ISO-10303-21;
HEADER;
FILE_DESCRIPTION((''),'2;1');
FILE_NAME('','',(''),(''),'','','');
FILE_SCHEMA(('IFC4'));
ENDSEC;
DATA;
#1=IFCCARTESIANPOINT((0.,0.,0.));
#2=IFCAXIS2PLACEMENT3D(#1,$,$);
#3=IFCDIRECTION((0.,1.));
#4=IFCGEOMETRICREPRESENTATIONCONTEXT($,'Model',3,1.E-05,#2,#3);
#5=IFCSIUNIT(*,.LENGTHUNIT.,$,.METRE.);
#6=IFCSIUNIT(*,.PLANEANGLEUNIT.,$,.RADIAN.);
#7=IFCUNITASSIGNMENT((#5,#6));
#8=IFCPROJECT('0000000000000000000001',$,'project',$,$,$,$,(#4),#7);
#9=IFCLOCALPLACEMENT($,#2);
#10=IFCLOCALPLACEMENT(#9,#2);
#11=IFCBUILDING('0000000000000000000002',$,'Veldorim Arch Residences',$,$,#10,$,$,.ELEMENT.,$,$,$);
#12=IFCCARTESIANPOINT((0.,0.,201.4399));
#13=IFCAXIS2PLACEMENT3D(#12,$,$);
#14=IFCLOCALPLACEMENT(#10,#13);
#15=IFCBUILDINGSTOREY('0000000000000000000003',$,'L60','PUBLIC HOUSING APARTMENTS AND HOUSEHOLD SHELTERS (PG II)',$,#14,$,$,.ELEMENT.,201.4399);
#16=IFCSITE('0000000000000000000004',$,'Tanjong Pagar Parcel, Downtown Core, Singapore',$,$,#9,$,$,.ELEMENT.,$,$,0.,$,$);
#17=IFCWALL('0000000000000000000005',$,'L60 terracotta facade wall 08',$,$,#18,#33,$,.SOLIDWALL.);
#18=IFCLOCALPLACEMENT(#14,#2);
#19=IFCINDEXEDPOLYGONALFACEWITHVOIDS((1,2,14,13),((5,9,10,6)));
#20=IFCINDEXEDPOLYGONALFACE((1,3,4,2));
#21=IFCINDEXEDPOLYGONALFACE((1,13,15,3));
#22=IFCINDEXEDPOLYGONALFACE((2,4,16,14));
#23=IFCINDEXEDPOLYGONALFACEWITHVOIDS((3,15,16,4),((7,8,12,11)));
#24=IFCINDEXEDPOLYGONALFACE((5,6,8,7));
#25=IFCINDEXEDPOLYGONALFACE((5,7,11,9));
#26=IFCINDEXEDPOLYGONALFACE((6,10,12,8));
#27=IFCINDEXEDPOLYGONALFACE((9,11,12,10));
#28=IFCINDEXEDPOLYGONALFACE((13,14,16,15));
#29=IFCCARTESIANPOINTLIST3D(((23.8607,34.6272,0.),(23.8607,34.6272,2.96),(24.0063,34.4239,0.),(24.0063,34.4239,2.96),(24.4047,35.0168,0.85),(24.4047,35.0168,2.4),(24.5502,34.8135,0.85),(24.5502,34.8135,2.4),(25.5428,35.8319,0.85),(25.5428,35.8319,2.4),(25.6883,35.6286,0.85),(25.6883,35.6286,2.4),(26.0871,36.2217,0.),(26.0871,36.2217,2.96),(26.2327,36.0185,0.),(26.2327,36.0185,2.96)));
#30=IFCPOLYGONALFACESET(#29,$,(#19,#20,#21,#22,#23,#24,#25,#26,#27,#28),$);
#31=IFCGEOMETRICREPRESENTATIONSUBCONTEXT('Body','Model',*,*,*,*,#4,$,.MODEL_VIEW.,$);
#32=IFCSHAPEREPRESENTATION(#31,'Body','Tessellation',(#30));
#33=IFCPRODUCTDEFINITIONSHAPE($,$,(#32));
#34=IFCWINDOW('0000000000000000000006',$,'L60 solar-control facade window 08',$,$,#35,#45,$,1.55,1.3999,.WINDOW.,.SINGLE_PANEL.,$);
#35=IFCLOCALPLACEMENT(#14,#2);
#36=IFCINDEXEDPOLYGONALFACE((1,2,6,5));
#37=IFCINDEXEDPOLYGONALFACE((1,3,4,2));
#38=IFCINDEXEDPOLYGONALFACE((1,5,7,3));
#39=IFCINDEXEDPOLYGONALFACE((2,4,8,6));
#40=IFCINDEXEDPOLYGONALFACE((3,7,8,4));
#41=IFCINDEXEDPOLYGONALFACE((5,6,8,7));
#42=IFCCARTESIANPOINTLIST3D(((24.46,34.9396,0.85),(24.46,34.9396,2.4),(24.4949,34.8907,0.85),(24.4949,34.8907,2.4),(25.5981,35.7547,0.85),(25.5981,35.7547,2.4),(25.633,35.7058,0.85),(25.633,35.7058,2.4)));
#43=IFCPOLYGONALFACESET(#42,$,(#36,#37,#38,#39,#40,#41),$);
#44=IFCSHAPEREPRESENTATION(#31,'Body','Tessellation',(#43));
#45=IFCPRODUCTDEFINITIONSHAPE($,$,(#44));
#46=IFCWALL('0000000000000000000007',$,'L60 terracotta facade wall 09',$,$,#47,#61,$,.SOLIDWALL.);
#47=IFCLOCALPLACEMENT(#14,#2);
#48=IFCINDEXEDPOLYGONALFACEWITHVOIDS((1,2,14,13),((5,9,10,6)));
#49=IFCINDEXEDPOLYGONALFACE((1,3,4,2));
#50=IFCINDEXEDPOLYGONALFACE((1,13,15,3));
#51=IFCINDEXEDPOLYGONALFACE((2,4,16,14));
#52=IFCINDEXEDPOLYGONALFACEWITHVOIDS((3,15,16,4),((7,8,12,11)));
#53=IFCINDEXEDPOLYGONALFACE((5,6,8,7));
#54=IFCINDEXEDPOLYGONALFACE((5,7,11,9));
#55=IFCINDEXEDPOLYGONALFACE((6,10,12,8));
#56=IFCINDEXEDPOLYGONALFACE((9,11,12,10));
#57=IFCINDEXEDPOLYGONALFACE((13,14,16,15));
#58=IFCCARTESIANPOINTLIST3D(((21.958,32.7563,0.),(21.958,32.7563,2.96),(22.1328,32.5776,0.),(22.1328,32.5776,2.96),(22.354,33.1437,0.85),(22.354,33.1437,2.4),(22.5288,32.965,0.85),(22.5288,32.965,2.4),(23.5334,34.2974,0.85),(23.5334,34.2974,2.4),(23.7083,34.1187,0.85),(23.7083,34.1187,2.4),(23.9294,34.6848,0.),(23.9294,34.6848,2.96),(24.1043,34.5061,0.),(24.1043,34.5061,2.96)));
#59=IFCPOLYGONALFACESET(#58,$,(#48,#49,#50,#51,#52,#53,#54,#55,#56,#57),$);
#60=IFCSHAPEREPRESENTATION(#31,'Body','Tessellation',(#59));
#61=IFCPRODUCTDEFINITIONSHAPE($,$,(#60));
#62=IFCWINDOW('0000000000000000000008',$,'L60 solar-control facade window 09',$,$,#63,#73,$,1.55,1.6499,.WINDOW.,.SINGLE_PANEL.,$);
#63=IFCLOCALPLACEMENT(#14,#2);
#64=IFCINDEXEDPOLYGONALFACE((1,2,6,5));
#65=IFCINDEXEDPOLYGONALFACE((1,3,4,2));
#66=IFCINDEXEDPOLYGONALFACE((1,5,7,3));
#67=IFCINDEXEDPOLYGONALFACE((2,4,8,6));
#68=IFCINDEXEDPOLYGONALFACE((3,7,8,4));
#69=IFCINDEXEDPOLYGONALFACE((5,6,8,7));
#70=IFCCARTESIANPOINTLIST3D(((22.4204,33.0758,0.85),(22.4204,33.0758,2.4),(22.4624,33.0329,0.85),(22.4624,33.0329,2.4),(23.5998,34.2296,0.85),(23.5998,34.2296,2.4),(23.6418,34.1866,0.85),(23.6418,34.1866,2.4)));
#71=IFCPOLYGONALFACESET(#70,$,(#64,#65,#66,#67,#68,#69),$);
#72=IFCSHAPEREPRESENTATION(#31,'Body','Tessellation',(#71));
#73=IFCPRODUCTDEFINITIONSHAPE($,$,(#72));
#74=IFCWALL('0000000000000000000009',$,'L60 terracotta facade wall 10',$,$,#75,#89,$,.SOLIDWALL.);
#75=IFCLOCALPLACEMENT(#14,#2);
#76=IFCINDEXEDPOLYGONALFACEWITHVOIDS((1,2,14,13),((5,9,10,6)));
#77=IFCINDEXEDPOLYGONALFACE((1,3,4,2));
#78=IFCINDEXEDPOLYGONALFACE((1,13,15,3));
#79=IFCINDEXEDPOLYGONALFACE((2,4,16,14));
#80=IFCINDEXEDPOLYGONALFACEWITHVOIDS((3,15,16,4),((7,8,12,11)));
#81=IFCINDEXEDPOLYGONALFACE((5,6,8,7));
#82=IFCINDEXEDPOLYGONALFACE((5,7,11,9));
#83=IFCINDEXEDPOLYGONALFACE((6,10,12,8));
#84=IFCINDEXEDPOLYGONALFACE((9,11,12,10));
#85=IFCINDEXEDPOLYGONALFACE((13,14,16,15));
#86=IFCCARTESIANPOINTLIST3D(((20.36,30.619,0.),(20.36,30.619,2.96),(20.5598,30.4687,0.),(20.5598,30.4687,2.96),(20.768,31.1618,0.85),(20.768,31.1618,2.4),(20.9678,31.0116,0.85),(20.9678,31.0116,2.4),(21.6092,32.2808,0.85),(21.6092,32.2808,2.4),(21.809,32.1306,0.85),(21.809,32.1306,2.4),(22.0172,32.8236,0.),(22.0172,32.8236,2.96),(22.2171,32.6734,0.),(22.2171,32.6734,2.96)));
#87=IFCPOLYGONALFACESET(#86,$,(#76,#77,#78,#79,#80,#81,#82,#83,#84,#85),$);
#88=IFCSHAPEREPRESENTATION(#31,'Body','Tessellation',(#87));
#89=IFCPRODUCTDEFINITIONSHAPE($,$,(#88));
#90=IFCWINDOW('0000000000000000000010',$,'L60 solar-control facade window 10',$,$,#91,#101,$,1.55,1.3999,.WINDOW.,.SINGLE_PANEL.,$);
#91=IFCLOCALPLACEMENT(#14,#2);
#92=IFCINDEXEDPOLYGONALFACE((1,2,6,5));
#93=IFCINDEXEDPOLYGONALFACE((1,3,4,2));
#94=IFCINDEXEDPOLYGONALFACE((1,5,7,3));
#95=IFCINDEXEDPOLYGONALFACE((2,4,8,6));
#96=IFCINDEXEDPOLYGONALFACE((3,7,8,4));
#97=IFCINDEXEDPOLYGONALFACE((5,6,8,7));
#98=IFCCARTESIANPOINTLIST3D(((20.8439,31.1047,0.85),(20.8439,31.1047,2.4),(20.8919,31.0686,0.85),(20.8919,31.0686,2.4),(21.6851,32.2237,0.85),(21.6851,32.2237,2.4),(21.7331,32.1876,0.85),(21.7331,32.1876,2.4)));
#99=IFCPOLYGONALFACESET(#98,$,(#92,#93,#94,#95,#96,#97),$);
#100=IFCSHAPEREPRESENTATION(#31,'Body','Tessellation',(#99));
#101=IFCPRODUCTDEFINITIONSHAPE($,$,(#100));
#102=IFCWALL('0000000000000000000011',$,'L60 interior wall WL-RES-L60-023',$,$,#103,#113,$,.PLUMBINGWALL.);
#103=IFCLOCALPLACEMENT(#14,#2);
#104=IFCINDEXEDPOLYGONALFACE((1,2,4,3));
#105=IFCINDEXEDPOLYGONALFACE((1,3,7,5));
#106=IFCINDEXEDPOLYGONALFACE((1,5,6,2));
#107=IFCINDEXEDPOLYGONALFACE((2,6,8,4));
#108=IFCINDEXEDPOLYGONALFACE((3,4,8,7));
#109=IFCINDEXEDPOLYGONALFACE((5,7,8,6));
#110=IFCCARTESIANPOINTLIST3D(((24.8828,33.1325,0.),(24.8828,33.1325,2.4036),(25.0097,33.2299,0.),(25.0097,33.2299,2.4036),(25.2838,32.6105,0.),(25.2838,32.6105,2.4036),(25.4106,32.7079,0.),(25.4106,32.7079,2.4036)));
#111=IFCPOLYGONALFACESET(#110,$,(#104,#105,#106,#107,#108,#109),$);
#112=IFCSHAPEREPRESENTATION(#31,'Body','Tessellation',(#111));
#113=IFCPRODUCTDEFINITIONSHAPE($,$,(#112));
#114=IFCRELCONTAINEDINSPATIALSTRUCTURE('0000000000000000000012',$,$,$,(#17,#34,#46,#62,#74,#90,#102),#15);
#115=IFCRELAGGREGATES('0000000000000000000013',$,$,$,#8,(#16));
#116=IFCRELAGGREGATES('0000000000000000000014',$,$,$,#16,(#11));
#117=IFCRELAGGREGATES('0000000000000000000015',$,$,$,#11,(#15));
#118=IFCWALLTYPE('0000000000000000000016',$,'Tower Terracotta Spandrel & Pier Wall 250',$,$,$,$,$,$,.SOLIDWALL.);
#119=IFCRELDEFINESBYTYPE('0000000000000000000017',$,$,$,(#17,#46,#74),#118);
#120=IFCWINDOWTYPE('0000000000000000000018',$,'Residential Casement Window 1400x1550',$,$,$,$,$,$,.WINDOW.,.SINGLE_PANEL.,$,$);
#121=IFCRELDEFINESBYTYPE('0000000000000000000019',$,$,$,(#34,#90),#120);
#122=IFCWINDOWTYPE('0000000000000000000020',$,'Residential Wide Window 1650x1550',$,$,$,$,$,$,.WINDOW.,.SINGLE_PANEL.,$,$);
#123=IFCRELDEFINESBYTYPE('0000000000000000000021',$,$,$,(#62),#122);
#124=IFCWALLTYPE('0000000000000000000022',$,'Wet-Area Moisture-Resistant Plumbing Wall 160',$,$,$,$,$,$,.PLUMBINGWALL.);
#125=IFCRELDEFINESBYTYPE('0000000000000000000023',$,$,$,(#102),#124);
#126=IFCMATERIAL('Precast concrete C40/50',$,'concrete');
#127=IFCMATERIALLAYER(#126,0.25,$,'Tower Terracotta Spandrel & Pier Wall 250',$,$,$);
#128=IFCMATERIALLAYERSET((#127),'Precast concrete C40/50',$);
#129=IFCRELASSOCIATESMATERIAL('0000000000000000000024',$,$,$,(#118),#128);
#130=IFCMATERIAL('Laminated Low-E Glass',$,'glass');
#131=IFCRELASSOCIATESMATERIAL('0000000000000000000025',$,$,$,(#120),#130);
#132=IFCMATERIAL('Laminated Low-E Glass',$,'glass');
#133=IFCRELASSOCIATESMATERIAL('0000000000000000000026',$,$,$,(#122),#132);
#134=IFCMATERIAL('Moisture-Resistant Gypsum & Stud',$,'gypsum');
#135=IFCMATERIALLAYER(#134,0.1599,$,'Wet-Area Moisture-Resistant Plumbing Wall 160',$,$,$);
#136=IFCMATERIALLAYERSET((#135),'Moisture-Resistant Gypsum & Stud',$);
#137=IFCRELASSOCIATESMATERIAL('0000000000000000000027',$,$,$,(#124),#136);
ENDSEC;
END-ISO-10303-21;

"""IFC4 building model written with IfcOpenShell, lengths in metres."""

from ifc_helpers import new_model, si_unit, direction, frame, frame_2d, origin, place, context, subcontext, project, spatial, rectangle, extrude, material, layer, layer_set, type_object, element, fill, save


model = new_model("IFC4")

# Units and contexts
model_context = context("Model", 3, precision=1e-05, world=origin(), true_north=direction((0.0, 1.0)))
body_context = subcontext(model_context, "Body", "Model", "MODEL_VIEW")
ifc_project = project(units=[si_unit("LENGTHUNIT", "METRE"), si_unit("PLANEANGLEUNIT", "RADIAN")], contexts=[model_context])

# Site, building, storey
site_placement = place(None, origin())
site = spatial("IfcSite", under=ifc_project, at=site_placement, Name="Tanjong Pagar Parcel, Downtown Core, Singapore", CompositionType="ELEMENT", RefElevation=0.0)
building_placement = place(site_placement, origin())
building = spatial("IfcBuilding", under=site, at=building_placement, Name="Veldorim Arch Residences", CompositionType="ELEMENT")
storey_placement = place(building_placement, frame((0.0, 0.0, 201.4399)))
storey = spatial("IfcBuildingStorey", under=building, at=storey_placement, Name="L60", Description="PUBLIC HOUSING APARTMENTS AND HOUSEHOLD SHELTERS (PG II)", CompositionType="ELEMENT", Elevation=201.4399)

# Walls, openings, windows
ifc_material_1 = material(Name="Precast concrete C40/50", Category="concrete")
ifc_layer_1 = layer(ifc_material_1, 0.25, Name="Tower Terracotta Spandrel & Pier Wall 250")
ifc_layer_set_1 = layer_set([ifc_layer_1], Name="Precast concrete C40/50")
wall_type_1 = type_object("IfcWallType", Name="Tower Terracotta Spandrel & Pier Wall 250", PredefinedType="SOLIDWALL", material=ifc_layer_set_1)
wall_1_placement = place(storey_placement, frame((23.9336, 34.5256, 0.0), z_axis=(0.0, 0.0, 1.0), x_axis=(0.812998, 0.582267, 0.0)))
wall_1 = element("IfcWall", 1, at=wall_1_placement, inside=storey, type_object=wall_type_1, Name="L60 terracotta facade wall 08", PredefinedType="SOLIDWALL", context=body_context, shape_type="SweptSolid", body=[
    extrude(rectangle(XDim=2.7385, YDim=0.25, at=frame_2d((1.3691, 0.0))), origin(), (0.0, 0.0, 1.0), 2.96),
])
opening_1_placement = place(wall_1_placement, frame((0.6689, 0.0, 0.8501)))
opening_1 = element("IfcOpeningElement", 2, at=opening_1_placement, cuts=wall_1, PredefinedType="OPENING", context=body_context, shape_type="SweptSolid", body=[
    extrude(rectangle(XDim=1.3999, YDim=1.55, at=frame_2d((0.7, 0.7749))), frame((0.0, 0.135, 0.0), z_axis=(0.0, -1.0, 0.0), x_axis=(1.0, 0.0, 0.0)), (0.0, 0.0, 1.0), 0.27),
])
ifc_material_2 = material(Name="Laminated Low-E Glass", Category="glass")
window_type_1 = type_object("IfcWindowType", Name="Residential Casement Window 1400x1550", PartitioningType="SINGLE_PANEL", PredefinedType="WINDOW", material=ifc_material_2)
window_1_placement = place(opening_1_placement, origin())
window_1 = element("IfcWindow", 3, at=window_1_placement, inside=storey, type_object=window_type_1, Name="L60 solar-control facade window 08", OverallHeight=1.55, OverallWidth=1.3999, PartitioningType="SINGLE_PANEL", PredefinedType="WINDOW", context=body_context, shape_type="SweptSolid", body=[
    extrude(rectangle(XDim=1.3999, YDim=1.55, at=frame_2d((0.7, 0.7749))), frame((0.0, 0.03, 0.0), z_axis=(0.0, -1.0, 0.0), x_axis=(1.0, 0.0, 0.0)), (0.0, 0.0, 1.0), 0.0601),
])
fill(opening_1, window_1)
wall_2_placement = place(storey_placement, frame((22.0454, 32.667, 0.0), z_axis=(0.0, 0.0, 1.0), x_axis=(0.714854, 0.699274, 0.0)))
wall_2 = element("IfcWall", 4, at=wall_2_placement, inside=storey, type_object=wall_type_1, Name="L60 terracotta facade wall 09", PredefinedType="SOLIDWALL", context=body_context, shape_type="SweptSolid", body=[
    extrude(rectangle(XDim=2.7578, YDim=0.25, at=frame_2d((1.3789, 0.0))), origin(), (0.0, 0.0, 1.0), 2.96),
])
opening_2_placement = place(wall_2_placement, frame((0.554, 0.0, 0.8501)))
opening_2 = element("IfcOpeningElement", 5, at=opening_2_placement, cuts=wall_2, PredefinedType="OPENING", context=body_context, shape_type="SweptSolid", body=[
    extrude(rectangle(XDim=1.6499, YDim=1.55, at=frame_2d((0.825, 0.7749))), frame((0.0, 0.135, 0.0), z_axis=(0.0, -1.0, 0.0), x_axis=(1.0, 0.0, 0.0)), (0.0, 0.0, 1.0), 0.27),
])
ifc_material_3 = material(Name="Laminated Low-E Glass", Category="glass")
window_type_2 = type_object("IfcWindowType", Name="Residential Wide Window 1650x1550", PartitioningType="SINGLE_PANEL", PredefinedType="WINDOW", material=ifc_material_3)
window_2_placement = place(opening_2_placement, origin())
window_2 = element("IfcWindow", 6, at=window_2_placement, inside=storey, type_object=window_type_2, Name="L60 solar-control facade window 09", OverallHeight=1.55, OverallWidth=1.6499, PartitioningType="SINGLE_PANEL", PredefinedType="WINDOW", context=body_context, shape_type="SweptSolid", body=[
    extrude(rectangle(XDim=1.6499, YDim=1.55, at=frame_2d((0.825, 0.7749))), frame((0.0, 0.03, 0.0), z_axis=(0.0, -1.0, 0.0), x_axis=(1.0, 0.0, 0.0)), (0.0, 0.0, 1.0), 0.0601),
])
fill(opening_2, window_2)
wall_3_placement = place(storey_placement, frame((20.46, 30.5439, 0.0), z_axis=(0.0, 0.0, 1.0), x_axis=(0.600878, 0.799341, 0.0)))
wall_3 = element("IfcWall", 7, at=wall_3_placement, inside=storey, type_object=wall_type_1, Name="L60 terracotta facade wall 10", PredefinedType="SOLIDWALL", context=body_context, shape_type="SweptSolid", body=[
    extrude(rectangle(XDim=2.7581, YDim=0.25, at=frame_2d((1.3789, 0.0))), origin(), (0.0, 0.0, 1.0), 2.96),
])
opening_3_placement = place(wall_3_placement, frame((0.679, 0.0, 0.8501)))
opening_3 = element("IfcOpeningElement", 8, at=opening_3_placement, cuts=wall_3, PredefinedType="OPENING", context=body_context, shape_type="SweptSolid", body=[
    extrude(rectangle(XDim=1.3999, YDim=1.55, at=frame_2d((0.7, 0.7749))), frame((0.0, 0.135, 0.0), z_axis=(0.0, -1.0, 0.0), x_axis=(1.0, 0.0, 0.0)), (0.0, 0.0, 1.0), 0.27),
])
window_3_placement = place(opening_3_placement, origin())
window_3 = element("IfcWindow", 9, at=window_3_placement, inside=storey, type_object=window_type_1, Name="L60 solar-control facade window 10", OverallHeight=1.55, OverallWidth=1.3999, PartitioningType="SINGLE_PANEL", PredefinedType="WINDOW", context=body_context, shape_type="SweptSolid", body=[
    extrude(rectangle(XDim=1.3999, YDim=1.55, at=frame_2d((0.7, 0.7749))), frame((0.0, 0.03, 0.0), z_axis=(0.0, -1.0, 0.0), x_axis=(1.0, 0.0, 0.0)), (0.0, 0.0, 1.0), 0.0601),
])
fill(opening_3, window_3)

# Wall
ifc_material_4 = material(Name="Moisture-Resistant Gypsum & Stud", Category="gypsum")
ifc_layer_2 = layer(ifc_material_4, 0.1599, Name="Wet-Area Moisture-Resistant Plumbing Wall 160")
ifc_layer_set_2 = layer_set([ifc_layer_2], Name="Moisture-Resistant Gypsum & Stud")
wall_type_2 = type_object("IfcWallType", Name="Wet-Area Moisture-Resistant Plumbing Wall 160", PredefinedType="PLUMBINGWALL", material=ifc_layer_set_2)
wall_4_placement = place(storey_placement, frame((25.3472, 32.6592, 0.0), z_axis=(0.0, 0.0, 1.0), x_axis=(-0.609101, 0.793093, 0.0)))
element("IfcWall", 10, at=wall_4_placement, inside=storey, type_object=wall_type_2, Name="L60 interior wall WL-RES-L60-023", PredefinedType="PLUMBINGWALL", context=body_context, shape_type="SweptSolid", body=[
    extrude(rectangle(XDim=0.6582, YDim=0.1599, at=frame_2d((0.3291, 0.0))), origin(), (0.0, 0.0, 1.0), 2.4036),
])

save(model, "model.ifc")
